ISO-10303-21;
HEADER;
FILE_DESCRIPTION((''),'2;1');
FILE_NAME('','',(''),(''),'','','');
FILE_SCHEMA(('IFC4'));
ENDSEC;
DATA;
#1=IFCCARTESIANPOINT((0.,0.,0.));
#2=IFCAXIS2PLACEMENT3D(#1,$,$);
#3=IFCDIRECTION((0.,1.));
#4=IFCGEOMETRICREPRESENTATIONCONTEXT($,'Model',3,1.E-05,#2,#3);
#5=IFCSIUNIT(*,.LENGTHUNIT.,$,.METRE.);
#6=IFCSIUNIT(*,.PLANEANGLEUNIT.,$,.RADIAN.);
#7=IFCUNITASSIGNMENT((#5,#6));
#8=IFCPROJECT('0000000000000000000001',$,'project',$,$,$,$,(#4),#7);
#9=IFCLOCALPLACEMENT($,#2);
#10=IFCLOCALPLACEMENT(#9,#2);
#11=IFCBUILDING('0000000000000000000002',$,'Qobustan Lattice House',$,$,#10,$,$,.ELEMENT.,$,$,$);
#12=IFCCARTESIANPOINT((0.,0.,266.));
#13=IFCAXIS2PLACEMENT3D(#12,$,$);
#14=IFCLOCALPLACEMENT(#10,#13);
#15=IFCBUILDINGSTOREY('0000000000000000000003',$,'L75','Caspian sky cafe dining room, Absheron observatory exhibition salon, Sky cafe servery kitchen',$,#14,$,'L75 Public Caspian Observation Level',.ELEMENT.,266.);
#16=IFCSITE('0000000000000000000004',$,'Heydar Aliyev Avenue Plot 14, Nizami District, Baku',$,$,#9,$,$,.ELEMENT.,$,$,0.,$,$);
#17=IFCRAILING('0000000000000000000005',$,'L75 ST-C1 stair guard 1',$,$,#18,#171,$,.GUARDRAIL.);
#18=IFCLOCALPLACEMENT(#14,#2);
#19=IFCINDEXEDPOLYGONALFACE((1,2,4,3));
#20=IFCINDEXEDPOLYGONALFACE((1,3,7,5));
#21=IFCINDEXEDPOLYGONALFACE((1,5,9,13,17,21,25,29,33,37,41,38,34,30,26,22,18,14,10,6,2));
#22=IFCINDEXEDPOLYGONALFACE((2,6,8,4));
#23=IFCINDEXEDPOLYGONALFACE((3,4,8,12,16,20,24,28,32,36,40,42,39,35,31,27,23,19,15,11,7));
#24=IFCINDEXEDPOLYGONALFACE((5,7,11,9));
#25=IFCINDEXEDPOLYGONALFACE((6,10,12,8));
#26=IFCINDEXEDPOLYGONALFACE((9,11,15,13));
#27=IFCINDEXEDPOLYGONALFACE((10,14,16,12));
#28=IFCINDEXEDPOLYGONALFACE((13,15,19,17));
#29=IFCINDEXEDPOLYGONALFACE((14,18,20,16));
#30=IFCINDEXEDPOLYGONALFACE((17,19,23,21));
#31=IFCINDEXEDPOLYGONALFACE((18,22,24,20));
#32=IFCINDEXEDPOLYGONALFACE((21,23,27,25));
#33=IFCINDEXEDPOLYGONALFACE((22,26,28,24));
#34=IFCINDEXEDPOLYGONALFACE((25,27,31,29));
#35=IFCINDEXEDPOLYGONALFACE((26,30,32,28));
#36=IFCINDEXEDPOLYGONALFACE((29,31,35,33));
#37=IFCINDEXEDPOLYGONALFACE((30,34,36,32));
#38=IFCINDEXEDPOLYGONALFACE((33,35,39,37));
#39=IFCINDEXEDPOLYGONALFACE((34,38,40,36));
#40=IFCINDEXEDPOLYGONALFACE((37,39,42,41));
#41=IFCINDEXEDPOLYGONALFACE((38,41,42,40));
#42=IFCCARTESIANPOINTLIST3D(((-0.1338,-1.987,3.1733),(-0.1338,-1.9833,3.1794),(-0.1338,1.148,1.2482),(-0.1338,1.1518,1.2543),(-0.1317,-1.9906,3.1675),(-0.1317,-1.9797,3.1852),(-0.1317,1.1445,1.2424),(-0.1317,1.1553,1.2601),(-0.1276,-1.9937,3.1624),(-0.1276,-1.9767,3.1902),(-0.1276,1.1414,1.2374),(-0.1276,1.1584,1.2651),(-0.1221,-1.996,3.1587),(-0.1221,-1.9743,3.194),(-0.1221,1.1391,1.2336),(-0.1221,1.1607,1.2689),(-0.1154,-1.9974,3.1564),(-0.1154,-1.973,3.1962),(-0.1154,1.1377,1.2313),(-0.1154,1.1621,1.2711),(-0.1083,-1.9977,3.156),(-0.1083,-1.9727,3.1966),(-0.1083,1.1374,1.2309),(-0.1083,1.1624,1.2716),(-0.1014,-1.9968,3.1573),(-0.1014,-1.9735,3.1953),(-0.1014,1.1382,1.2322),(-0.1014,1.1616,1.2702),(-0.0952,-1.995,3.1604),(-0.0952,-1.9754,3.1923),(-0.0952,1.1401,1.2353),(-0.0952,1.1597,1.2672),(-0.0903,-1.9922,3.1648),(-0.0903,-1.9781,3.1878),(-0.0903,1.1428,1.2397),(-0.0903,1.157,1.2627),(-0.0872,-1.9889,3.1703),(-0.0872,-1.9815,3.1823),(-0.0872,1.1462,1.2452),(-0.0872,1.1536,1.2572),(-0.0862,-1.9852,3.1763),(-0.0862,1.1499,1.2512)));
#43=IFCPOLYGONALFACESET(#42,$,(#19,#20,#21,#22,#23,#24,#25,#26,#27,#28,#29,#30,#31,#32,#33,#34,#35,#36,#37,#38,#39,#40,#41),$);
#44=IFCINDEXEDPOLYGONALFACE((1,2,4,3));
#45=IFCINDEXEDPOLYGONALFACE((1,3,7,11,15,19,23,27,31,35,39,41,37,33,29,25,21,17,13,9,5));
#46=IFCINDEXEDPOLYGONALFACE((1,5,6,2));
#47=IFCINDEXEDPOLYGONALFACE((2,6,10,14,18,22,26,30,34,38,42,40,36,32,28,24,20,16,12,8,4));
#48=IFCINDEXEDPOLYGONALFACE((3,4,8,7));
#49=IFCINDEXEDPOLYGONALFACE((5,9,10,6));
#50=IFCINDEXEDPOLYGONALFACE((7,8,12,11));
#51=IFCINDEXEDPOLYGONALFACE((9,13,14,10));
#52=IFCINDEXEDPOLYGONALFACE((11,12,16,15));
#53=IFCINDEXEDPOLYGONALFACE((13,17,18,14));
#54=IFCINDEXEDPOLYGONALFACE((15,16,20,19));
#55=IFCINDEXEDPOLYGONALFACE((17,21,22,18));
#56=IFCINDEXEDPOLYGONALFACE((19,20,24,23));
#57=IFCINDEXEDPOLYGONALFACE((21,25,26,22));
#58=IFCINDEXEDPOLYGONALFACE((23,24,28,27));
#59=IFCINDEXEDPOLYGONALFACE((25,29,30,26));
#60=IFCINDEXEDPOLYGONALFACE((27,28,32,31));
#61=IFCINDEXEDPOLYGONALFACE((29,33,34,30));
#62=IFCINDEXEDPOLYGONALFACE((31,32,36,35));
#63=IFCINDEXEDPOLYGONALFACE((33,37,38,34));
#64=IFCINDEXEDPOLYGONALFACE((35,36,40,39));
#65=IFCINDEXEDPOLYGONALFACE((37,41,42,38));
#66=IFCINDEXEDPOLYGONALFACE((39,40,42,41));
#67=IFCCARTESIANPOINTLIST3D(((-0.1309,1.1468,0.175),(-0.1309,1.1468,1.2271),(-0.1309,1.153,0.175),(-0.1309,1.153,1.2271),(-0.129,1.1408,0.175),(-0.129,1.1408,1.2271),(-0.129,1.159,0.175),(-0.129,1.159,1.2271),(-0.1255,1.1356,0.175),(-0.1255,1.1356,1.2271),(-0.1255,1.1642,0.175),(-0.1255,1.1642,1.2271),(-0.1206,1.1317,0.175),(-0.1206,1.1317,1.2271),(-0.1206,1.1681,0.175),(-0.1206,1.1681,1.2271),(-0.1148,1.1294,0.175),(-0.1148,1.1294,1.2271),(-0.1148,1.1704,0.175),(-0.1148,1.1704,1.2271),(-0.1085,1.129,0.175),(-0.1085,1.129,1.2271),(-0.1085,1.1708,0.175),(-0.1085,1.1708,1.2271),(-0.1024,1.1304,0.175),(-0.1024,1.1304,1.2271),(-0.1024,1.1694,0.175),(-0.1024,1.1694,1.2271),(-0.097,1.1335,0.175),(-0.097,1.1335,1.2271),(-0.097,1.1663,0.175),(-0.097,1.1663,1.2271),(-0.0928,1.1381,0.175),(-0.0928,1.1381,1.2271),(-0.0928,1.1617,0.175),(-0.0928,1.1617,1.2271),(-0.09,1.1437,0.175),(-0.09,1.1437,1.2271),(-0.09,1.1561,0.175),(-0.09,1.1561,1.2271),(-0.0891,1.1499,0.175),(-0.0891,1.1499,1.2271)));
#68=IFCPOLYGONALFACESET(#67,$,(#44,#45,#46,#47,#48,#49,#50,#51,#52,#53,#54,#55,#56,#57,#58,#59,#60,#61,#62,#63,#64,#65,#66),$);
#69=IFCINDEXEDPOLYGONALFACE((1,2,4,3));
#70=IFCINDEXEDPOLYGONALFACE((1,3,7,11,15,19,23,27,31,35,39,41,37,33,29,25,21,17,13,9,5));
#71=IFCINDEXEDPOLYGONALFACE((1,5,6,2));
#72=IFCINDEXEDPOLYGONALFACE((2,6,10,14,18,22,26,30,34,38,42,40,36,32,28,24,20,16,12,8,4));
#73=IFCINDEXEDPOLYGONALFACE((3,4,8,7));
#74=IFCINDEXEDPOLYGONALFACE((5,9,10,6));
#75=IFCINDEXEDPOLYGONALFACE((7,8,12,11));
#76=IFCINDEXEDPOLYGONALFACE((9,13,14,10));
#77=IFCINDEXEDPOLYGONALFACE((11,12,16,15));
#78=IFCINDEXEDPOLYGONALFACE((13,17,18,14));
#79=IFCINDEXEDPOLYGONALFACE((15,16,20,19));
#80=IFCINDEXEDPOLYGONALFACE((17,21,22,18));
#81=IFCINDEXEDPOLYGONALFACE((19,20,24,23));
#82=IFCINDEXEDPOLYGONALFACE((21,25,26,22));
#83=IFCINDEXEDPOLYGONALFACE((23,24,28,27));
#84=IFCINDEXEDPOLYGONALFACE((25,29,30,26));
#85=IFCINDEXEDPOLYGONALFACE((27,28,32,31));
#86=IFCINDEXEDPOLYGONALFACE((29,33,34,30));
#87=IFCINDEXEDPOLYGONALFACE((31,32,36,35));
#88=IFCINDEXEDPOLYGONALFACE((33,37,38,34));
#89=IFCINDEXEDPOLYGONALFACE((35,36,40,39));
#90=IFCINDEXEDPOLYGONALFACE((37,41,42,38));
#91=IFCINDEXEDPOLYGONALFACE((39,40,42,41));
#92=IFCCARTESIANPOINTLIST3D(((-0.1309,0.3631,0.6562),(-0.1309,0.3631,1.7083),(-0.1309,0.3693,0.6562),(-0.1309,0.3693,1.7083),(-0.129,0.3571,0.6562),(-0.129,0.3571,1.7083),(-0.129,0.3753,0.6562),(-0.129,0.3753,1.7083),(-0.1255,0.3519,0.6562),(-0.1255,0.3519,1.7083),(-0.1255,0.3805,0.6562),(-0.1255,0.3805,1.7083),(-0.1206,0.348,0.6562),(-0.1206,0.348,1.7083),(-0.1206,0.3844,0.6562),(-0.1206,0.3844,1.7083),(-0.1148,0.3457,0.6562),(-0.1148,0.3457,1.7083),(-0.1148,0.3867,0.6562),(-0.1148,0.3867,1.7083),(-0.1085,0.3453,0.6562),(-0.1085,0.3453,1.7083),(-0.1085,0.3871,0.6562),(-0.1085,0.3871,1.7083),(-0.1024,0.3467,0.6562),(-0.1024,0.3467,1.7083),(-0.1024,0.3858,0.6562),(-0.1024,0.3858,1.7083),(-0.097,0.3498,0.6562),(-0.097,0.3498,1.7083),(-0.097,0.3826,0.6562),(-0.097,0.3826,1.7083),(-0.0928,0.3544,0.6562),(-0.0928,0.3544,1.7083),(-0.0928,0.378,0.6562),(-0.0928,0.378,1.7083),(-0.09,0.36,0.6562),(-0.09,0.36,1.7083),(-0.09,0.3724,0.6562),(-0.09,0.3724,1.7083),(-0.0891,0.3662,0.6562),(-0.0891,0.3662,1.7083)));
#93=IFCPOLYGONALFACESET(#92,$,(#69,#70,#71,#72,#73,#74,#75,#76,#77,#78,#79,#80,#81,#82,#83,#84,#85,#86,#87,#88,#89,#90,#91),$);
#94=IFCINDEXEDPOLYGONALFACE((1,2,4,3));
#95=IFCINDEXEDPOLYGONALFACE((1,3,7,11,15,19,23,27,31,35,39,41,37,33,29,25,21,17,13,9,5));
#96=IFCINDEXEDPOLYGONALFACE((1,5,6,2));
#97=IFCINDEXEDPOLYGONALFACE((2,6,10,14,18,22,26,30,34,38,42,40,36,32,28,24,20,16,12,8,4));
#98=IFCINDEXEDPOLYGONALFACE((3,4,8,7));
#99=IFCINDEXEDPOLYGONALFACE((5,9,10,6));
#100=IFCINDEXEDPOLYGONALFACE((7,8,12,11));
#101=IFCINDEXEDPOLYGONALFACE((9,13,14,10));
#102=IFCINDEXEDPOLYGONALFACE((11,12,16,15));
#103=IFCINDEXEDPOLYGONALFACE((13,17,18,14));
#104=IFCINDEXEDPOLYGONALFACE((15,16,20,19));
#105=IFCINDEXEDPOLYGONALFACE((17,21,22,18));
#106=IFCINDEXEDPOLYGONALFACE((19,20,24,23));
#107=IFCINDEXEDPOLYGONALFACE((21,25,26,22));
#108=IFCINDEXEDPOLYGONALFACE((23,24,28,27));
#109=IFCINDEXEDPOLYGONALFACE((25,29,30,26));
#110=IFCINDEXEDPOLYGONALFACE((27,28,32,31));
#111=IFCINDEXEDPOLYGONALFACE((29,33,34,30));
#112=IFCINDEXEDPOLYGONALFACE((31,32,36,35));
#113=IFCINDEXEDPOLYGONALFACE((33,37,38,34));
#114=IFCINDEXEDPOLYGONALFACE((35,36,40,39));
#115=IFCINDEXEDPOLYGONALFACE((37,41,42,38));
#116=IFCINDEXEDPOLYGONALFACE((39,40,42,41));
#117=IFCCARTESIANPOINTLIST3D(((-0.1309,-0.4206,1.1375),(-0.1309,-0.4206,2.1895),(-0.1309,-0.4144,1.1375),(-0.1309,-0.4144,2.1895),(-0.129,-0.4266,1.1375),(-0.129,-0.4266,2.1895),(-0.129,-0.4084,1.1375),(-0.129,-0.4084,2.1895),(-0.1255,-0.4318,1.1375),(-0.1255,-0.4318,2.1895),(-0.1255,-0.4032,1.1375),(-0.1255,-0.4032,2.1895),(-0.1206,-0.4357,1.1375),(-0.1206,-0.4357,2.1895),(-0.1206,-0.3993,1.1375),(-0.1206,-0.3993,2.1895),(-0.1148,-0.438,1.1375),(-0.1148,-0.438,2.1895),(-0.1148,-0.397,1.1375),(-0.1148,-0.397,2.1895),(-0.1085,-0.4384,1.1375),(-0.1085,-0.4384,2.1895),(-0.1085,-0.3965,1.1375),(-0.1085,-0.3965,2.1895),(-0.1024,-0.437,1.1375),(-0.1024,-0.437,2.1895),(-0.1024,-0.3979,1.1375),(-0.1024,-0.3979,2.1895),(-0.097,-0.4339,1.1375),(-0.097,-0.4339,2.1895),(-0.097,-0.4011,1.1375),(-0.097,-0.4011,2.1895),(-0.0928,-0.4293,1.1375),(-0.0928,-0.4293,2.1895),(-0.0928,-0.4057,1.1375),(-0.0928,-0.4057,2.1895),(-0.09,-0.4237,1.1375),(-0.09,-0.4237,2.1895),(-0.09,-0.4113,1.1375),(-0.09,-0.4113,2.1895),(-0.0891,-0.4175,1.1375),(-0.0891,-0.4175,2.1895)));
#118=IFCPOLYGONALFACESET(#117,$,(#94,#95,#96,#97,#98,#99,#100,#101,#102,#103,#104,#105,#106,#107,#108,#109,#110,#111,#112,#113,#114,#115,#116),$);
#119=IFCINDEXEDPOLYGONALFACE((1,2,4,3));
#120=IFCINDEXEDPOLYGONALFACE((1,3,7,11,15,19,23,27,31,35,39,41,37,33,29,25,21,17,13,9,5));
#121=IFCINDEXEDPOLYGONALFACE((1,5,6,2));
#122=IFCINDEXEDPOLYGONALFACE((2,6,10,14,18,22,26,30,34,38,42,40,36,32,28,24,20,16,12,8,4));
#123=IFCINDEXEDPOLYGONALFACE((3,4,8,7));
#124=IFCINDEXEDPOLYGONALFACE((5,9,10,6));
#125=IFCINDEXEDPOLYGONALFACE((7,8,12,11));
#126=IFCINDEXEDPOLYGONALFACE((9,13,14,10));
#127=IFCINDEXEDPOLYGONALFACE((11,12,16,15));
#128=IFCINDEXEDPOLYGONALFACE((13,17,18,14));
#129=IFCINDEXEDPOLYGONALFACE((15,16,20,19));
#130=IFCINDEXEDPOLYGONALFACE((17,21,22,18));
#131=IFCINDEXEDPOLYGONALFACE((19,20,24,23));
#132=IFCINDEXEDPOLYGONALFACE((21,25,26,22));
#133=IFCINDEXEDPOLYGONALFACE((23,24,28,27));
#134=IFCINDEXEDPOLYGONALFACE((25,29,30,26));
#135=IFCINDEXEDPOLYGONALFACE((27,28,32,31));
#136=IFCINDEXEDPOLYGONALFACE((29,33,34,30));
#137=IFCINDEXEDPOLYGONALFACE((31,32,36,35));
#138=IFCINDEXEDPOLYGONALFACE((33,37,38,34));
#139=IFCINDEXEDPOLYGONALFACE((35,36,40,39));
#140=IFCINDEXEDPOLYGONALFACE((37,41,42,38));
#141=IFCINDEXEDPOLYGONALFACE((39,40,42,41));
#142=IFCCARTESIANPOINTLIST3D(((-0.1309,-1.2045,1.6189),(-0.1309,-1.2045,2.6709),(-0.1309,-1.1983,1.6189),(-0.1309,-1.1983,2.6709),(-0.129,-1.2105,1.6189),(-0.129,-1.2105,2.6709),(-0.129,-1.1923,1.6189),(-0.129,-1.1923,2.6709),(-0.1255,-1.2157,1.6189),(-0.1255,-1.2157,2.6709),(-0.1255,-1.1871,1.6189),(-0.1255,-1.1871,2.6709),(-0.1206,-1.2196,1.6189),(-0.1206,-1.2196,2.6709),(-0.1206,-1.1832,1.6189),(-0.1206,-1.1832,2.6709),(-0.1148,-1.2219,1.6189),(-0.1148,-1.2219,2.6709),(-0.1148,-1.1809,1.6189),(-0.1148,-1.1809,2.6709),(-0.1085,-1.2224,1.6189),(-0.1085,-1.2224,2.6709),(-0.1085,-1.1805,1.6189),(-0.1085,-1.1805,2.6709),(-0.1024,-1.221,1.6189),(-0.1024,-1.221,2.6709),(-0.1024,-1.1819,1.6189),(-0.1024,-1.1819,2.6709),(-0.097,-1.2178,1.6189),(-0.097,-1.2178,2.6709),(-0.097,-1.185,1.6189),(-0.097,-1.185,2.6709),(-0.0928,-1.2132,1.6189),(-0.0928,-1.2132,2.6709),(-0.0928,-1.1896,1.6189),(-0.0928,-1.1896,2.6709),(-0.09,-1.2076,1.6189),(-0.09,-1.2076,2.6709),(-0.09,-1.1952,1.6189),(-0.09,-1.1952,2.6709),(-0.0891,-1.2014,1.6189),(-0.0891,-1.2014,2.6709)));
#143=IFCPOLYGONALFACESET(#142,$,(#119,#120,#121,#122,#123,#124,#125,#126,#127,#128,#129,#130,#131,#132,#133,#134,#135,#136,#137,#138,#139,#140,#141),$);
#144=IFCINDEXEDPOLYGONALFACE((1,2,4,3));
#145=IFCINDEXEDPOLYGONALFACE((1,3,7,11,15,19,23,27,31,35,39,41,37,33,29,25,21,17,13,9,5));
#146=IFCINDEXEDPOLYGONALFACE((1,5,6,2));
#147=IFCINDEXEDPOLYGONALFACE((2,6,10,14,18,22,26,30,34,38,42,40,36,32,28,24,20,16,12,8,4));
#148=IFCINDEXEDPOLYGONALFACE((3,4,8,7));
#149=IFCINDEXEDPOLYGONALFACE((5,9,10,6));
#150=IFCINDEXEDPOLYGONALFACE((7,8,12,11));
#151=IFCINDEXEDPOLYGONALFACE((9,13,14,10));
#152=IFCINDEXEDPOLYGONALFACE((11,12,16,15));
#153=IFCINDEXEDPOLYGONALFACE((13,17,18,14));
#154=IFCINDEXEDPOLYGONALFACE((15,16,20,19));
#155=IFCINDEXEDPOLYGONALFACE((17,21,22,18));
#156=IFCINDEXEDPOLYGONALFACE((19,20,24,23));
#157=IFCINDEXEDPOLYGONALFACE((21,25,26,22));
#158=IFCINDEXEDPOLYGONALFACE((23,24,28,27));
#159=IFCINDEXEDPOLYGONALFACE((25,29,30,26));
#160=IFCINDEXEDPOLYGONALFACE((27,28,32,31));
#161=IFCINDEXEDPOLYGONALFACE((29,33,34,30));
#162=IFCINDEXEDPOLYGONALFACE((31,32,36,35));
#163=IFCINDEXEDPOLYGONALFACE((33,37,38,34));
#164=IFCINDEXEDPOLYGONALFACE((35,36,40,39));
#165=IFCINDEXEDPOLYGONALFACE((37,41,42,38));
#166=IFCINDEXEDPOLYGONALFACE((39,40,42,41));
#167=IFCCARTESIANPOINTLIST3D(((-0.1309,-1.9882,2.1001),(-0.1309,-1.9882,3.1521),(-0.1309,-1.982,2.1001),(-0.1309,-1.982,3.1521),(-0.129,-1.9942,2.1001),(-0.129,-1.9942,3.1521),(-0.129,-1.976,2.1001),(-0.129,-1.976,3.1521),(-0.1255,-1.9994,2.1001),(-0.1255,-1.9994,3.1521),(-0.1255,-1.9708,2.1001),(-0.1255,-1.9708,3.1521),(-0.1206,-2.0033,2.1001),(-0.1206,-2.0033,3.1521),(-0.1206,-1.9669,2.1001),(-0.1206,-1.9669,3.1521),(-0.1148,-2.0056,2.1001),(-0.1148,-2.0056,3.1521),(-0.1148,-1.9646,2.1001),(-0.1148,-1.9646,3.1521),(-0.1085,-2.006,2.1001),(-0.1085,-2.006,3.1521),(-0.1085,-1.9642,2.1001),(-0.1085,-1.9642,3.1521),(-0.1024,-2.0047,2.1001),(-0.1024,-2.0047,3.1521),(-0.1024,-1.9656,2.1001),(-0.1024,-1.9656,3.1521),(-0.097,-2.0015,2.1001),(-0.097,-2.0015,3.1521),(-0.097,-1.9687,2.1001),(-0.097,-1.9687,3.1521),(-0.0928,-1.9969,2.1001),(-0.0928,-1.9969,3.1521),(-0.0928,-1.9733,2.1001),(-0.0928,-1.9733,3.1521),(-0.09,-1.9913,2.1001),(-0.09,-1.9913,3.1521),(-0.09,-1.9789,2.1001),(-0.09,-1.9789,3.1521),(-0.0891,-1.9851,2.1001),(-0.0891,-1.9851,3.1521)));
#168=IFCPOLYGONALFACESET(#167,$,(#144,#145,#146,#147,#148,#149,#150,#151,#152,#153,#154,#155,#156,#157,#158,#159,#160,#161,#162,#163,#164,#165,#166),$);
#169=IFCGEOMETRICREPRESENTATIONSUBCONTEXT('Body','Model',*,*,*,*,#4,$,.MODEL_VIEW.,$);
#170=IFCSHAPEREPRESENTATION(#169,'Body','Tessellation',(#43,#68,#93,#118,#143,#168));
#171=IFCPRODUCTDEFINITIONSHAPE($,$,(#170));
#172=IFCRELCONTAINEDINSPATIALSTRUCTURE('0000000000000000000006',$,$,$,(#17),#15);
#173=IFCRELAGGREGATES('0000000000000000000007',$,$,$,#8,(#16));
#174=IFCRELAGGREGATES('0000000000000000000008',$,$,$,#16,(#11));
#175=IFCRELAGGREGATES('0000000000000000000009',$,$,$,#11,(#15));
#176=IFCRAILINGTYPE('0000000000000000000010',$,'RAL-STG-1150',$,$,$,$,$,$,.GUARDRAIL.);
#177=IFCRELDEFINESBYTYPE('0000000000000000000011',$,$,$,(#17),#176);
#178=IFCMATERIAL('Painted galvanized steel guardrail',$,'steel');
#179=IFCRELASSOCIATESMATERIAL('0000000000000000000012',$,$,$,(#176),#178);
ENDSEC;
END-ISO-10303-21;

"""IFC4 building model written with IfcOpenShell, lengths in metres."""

from ifc_helpers import new_model, si_unit, direction, frame, origin, origin_2d, place, context, subcontext, project, spatial, circle, extrude, material, type_object, element, save


model = new_model("IFC4")

# Units and contexts
model_context = context("Model", 3, precision=1e-05, world=origin(), true_north=direction((0.0, 1.0)))
body_context = subcontext(model_context, "Body", "Model", "MODEL_VIEW")
ifc_project = project(units=[si_unit("LENGTHUNIT", "METRE"), si_unit("PLANEANGLEUNIT", "RADIAN")], contexts=[model_context])

# Site, building, storey
site_placement = place(None, origin())
site = spatial("IfcSite", under=ifc_project, at=site_placement, Name="Heydar Aliyev Avenue Plot 14, Nizami District, Baku", CompositionType="ELEMENT", RefElevation=0.0)
building_placement = place(site_placement, origin())
building = spatial("IfcBuilding", under=site, at=building_placement, Name="Qobustan Lattice House", CompositionType="ELEMENT")
storey_placement = place(building_placement, frame((0.0, 0.0, 266.0)))
storey = spatial("IfcBuildingStorey", under=building, at=storey_placement, Name="L75", Description="Caspian sky cafe dining room, Absheron observatory exhibition salon, Sky cafe servery kitchen", LongName="L75 Public Caspian Observation Level", CompositionType="ELEMENT", Elevation=266.0)

# Railing
ifc_material_1 = material(Name="Painted galvanized steel guardrail", Category="steel")
railing_type_1 = type_object("IfcRailingType", Name="RAL-STG-1150", PredefinedType="GUARDRAIL", material=ifc_material_1)
railing_1_placement = place(storey_placement, frame((-0.1101, 1.1499, 0.175)))
element("IfcRailing", 1, at=railing_1_placement, inside=storey, type_object=railing_type_1, Name="L75 ST-C1 stair guard 1", PredefinedType="GUARDRAIL", context=body_context, shape_type="SweptSolid", body=[
    extrude(circle(Radius=0.0239, at=origin_2d()), frame((0.0, 0.0, 1.0762), z_axis=(0.0, -0.852166, 0.523271), x_axis=(1.0, 0.0, 0.0)), (0.0, 0.0, 1.0), 3.679),
    extrude(circle(Radius=0.021, at=origin_2d()), origin(), (0.0, 0.0, 1.0), 1.052),
    extrude(circle(Radius=0.021, at=origin_2d()), frame((0.0, -0.7837, 0.4812)), (0.0, 0.0, 1.0), 1.052),
    extrude(circle(Radius=0.021, at=origin_2d()), frame((0.0, -1.5674, 0.9624)), (0.0, 0.0, 1.0), 1.052),
    extrude(circle(Radius=0.021, at=origin_2d()), frame((0.0, -2.3513, 1.4438)), (0.0, 0.0, 1.0), 1.052),
    extrude(circle(Radius=0.021, at=origin_2d()), frame((0.0, -3.135, 1.925)), (0.0, 0.0, 1.0), 1.052),
])

save(model, "model.ifc")
